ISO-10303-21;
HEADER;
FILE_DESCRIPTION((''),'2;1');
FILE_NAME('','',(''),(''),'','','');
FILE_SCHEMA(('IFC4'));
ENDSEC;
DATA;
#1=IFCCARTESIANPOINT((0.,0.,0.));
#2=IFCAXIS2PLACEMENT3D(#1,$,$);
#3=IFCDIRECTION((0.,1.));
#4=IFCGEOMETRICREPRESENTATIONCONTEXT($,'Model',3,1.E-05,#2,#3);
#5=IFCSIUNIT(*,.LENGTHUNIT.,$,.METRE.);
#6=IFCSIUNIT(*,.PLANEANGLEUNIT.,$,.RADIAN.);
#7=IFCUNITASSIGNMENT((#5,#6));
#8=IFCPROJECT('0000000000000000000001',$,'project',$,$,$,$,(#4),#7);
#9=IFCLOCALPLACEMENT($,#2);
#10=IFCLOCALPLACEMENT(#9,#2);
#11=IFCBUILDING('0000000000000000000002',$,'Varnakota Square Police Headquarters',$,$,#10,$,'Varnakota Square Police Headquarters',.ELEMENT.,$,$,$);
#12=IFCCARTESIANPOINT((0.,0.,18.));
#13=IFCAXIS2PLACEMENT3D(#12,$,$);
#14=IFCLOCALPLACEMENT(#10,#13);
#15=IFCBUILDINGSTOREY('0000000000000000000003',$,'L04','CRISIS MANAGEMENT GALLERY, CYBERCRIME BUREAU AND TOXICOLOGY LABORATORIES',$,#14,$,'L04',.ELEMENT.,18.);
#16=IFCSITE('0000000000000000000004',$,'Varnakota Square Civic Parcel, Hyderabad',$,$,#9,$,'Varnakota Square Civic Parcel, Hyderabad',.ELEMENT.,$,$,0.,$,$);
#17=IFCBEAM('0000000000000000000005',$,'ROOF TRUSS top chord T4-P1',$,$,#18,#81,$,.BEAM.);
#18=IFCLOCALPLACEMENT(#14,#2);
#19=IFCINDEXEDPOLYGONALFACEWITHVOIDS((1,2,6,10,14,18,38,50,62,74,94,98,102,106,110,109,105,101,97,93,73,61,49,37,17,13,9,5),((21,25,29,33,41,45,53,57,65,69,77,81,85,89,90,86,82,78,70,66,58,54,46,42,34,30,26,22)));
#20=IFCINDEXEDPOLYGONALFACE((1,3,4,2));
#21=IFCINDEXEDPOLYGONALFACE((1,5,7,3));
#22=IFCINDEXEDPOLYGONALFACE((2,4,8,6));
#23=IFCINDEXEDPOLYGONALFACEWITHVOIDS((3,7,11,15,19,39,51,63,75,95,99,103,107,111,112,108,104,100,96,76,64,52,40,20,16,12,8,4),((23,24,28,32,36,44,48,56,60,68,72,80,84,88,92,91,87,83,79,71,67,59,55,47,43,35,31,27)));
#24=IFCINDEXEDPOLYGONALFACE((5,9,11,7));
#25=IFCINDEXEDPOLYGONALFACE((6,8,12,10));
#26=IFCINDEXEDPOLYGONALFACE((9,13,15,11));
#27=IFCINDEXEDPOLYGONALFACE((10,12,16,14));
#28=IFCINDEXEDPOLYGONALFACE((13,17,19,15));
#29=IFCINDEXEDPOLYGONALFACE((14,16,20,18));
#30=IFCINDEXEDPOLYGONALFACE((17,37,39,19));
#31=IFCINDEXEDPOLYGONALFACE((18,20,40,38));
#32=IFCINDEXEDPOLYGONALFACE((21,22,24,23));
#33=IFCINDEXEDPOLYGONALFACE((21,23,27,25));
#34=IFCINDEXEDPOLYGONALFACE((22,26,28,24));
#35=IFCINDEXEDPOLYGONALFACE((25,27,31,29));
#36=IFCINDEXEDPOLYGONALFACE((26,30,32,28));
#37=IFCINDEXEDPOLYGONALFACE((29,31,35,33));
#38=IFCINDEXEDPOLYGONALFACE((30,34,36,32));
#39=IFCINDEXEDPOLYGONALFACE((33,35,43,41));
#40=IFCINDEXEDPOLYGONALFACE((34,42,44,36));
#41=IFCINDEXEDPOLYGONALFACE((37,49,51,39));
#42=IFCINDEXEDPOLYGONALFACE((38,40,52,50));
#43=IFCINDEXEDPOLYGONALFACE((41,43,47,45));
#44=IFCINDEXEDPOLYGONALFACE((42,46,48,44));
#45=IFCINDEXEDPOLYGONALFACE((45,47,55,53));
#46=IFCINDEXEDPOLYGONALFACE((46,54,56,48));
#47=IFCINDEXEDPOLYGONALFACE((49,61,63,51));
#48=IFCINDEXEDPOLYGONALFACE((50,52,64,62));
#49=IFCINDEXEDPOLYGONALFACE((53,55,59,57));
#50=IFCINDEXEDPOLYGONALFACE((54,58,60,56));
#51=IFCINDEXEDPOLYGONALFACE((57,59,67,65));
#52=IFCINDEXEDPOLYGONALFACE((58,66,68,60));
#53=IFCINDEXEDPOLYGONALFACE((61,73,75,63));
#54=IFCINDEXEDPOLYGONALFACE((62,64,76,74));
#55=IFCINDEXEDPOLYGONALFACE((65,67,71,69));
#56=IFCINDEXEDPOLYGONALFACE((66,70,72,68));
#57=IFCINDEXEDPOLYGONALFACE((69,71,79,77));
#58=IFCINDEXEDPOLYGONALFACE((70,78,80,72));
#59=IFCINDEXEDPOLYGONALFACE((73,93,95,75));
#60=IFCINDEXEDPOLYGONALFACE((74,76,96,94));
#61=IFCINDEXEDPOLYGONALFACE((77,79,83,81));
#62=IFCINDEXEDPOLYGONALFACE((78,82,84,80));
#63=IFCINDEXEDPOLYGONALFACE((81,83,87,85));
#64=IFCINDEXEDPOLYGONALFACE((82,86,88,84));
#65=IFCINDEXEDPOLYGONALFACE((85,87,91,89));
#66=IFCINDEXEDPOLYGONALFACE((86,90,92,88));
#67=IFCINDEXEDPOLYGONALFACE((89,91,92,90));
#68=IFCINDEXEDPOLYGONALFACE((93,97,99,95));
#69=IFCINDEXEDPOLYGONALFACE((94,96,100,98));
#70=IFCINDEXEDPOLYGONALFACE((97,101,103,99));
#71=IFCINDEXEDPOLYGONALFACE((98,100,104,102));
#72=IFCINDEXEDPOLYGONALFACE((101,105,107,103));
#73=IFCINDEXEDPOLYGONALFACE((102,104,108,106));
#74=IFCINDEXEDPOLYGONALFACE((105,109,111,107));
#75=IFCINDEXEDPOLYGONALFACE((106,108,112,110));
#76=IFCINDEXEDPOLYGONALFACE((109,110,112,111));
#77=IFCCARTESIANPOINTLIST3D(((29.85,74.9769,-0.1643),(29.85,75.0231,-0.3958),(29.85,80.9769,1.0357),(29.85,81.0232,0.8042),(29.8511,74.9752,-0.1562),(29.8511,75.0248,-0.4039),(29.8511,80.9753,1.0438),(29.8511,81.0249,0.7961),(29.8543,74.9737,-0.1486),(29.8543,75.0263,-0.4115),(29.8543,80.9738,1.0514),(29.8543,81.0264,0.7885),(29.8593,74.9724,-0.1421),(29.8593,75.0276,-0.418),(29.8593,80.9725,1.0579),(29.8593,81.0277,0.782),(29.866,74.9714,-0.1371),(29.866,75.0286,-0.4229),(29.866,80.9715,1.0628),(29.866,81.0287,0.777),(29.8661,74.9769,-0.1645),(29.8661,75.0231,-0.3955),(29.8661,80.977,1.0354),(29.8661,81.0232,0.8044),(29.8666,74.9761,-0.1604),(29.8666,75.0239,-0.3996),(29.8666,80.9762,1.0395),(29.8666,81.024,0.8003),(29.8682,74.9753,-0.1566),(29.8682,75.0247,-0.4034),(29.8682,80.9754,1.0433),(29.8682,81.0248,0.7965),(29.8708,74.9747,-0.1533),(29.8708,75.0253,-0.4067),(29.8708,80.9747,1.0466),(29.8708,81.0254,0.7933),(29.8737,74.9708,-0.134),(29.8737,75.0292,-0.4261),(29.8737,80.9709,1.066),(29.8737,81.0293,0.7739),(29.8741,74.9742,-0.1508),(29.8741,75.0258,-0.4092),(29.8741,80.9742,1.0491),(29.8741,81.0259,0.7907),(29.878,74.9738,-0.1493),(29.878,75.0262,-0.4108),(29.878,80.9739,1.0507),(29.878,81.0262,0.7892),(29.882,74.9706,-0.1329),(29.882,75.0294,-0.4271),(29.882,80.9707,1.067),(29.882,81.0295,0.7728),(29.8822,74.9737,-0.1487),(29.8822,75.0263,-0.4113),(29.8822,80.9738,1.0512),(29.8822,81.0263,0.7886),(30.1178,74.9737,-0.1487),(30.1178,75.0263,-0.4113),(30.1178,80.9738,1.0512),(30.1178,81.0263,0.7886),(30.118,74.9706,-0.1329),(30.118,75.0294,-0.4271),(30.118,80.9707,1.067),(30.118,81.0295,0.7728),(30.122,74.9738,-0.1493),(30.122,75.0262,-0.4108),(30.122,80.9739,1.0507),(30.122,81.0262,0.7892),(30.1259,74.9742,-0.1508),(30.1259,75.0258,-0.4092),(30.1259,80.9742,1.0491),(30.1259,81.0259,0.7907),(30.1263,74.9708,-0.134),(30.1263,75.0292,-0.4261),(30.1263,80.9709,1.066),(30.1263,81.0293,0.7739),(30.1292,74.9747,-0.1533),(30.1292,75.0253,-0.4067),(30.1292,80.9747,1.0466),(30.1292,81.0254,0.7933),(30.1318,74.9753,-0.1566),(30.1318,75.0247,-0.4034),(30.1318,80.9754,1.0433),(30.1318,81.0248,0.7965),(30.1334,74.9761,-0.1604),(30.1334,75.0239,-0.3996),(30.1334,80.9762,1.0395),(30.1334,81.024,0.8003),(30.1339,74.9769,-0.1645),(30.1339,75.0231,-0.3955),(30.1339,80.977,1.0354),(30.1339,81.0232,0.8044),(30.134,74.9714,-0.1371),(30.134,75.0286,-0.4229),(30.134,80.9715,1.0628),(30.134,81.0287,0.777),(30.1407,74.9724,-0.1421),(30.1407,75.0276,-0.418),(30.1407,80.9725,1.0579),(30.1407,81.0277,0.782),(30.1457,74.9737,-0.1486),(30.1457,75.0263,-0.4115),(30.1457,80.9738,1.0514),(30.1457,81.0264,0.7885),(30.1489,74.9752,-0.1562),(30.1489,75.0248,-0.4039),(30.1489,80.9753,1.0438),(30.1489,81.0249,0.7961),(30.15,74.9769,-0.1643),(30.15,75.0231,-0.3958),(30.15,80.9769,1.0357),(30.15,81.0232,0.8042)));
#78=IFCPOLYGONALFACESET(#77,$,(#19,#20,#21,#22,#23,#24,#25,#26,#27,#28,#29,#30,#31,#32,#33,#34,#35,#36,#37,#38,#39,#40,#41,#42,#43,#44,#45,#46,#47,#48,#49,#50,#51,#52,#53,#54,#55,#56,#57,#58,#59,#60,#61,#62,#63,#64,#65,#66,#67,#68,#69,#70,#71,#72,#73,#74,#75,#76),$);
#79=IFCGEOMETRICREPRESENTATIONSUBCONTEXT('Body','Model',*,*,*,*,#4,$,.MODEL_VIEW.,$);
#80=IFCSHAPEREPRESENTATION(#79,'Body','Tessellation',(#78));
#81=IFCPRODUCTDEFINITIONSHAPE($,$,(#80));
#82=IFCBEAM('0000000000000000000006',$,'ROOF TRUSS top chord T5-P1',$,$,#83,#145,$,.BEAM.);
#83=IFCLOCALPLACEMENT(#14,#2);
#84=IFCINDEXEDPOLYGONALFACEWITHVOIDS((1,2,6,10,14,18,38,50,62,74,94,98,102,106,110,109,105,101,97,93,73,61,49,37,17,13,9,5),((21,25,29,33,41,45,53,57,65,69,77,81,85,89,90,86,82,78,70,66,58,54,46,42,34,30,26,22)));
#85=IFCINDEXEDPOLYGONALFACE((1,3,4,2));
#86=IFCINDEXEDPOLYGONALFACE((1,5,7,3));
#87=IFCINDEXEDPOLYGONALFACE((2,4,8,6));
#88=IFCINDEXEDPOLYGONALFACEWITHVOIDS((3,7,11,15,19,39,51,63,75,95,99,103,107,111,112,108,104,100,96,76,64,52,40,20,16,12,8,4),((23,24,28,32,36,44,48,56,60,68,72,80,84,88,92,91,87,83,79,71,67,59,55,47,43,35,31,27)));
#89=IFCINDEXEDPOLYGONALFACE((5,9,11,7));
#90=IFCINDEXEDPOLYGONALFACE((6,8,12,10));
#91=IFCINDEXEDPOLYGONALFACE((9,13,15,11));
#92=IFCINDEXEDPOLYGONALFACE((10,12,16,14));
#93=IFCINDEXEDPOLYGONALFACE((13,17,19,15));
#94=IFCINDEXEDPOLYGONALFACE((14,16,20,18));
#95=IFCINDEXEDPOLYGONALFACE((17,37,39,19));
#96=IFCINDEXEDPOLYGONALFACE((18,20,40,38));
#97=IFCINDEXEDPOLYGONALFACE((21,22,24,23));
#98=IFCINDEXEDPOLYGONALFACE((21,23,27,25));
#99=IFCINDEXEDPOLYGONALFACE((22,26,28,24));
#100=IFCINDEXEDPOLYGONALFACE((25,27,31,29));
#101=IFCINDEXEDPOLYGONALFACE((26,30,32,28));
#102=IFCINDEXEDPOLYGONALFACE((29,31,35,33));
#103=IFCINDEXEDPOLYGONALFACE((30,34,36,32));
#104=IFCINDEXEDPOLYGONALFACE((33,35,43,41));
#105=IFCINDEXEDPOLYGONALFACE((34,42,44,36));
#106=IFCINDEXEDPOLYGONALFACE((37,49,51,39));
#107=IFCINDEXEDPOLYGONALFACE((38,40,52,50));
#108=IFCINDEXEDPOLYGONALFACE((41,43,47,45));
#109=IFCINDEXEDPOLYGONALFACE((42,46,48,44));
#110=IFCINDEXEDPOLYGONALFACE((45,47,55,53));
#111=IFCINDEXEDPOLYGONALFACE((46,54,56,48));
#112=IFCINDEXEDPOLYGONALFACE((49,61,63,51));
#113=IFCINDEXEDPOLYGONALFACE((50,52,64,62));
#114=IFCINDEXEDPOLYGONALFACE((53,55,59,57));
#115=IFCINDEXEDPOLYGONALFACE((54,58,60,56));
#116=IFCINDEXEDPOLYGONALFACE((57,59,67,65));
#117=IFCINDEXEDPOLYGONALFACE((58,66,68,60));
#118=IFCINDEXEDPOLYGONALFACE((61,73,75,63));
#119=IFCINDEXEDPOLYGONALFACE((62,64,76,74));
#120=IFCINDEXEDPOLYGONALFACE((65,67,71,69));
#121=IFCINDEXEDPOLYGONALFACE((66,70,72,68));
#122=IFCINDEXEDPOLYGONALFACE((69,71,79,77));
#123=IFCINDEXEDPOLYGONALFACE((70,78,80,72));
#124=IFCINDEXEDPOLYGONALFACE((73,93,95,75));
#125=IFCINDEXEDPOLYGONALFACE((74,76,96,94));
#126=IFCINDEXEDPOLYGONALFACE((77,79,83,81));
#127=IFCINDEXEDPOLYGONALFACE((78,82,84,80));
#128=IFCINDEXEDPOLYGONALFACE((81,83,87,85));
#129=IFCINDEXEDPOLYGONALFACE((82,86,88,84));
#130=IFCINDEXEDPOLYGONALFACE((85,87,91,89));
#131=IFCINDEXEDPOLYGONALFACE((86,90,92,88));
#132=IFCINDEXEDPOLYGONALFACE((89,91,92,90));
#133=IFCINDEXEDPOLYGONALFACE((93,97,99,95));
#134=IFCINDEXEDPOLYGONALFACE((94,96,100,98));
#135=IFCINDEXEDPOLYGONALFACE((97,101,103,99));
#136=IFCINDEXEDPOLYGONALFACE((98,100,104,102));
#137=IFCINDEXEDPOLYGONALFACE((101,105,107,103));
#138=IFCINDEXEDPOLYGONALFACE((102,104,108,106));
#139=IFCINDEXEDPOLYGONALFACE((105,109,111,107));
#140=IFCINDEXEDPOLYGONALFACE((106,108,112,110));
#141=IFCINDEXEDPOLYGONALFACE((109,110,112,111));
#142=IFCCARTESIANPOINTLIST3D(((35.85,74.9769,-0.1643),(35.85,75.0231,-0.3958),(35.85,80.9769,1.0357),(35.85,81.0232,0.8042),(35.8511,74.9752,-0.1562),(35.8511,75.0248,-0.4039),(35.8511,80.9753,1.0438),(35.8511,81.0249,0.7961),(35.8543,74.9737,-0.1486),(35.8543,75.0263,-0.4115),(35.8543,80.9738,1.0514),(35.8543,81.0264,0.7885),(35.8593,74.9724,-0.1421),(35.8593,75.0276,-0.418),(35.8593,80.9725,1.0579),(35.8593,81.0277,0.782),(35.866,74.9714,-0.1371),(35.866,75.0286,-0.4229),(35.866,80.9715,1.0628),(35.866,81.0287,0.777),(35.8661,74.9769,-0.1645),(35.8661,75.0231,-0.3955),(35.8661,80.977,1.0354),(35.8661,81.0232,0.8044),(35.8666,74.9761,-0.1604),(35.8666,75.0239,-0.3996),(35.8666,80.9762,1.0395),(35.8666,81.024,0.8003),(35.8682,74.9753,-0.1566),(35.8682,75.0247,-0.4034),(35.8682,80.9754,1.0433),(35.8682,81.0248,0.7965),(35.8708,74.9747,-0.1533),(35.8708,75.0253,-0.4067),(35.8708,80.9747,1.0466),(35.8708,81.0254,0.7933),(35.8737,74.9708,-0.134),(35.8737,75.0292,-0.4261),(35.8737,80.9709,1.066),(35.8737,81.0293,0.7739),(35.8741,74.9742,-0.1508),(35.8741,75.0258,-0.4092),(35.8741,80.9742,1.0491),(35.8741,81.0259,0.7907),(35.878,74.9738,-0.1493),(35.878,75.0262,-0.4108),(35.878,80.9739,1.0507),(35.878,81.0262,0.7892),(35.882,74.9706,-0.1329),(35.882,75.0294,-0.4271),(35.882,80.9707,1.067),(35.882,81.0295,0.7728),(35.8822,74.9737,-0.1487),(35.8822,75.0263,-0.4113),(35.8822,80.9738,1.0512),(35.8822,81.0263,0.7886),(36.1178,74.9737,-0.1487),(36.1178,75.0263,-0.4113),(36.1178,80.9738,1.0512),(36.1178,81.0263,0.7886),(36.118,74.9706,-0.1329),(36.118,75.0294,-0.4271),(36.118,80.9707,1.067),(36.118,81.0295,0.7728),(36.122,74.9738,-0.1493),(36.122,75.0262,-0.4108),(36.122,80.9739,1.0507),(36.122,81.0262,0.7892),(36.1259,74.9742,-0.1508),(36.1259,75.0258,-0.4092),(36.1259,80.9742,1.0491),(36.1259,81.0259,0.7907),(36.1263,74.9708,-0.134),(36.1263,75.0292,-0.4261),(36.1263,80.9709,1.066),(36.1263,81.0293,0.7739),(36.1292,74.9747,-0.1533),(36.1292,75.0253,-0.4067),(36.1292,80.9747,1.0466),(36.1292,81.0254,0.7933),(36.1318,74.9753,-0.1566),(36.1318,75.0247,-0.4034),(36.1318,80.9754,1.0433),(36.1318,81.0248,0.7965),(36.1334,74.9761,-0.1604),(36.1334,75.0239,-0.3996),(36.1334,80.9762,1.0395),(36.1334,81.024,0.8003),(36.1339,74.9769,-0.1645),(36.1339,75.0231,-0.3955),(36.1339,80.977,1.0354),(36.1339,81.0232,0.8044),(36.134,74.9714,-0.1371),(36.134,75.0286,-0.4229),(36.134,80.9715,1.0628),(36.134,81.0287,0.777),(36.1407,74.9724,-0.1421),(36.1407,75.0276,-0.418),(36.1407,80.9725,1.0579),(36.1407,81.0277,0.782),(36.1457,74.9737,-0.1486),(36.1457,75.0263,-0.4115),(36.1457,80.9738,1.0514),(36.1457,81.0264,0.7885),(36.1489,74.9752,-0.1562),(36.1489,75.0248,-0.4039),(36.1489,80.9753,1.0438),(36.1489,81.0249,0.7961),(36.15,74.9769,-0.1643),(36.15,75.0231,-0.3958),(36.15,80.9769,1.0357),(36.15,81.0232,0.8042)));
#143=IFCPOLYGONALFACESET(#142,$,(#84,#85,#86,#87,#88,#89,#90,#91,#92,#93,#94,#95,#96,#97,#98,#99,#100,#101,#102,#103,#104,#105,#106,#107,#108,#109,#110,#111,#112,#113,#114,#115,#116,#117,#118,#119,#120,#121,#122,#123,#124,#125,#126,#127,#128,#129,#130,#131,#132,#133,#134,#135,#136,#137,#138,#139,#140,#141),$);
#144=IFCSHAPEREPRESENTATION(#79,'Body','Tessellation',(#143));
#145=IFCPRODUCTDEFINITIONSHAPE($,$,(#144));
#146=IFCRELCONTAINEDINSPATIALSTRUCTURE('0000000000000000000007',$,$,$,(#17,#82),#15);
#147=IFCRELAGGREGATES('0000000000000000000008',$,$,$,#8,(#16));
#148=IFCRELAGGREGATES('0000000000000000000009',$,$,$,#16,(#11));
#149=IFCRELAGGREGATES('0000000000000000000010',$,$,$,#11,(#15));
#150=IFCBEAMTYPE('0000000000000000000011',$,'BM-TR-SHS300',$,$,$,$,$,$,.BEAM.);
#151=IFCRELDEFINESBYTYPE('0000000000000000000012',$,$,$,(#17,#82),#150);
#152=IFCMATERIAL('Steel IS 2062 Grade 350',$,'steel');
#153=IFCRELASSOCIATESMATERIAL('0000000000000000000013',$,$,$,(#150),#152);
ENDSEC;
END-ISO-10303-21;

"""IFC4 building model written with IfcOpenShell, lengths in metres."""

from ifc_helpers import new_model, si_unit, direction, frame, origin, origin_2d, place, context, subcontext, project, spatial, hollow_rectangle, extrude, material, material_profile, profile_set, type_object, element, save


model = new_model("IFC4")

# Units and contexts
model_context = context("Model", 3, precision=1e-05, world=origin(), true_north=direction((0.0, 1.0)))
body_context = subcontext(model_context, "Body", "Model", "MODEL_VIEW")
ifc_project = project(units=[si_unit("LENGTHUNIT", "METRE"), si_unit("PLANEANGLEUNIT", "RADIAN")], contexts=[model_context])

# Site, building, storey
site_placement = place(None, origin())
site = spatial("IfcSite", under=ifc_project, at=site_placement, Name="Varnakota Square Civic Parcel, Hyderabad", LongName="Varnakota Square Civic Parcel, Hyderabad", CompositionType="ELEMENT", RefElevation=0.0)
building_placement = place(site_placement, origin())
building = spatial("IfcBuilding", under=site, at=building_placement, Name="Varnakota Square Police Headquarters", LongName="Varnakota Square Police Headquarters", CompositionType="ELEMENT")
storey_placement = place(building_placement, frame((0.0, 0.0, 18.0)))
storey = spatial("IfcBuildingStorey", under=building, at=storey_placement, Name="L04", Description="CRISIS MANAGEMENT GALLERY, CYBERCRIME BUREAU AND TOXICOLOGY LABORATORIES", LongName="L04", CompositionType="ELEMENT", Elevation=18.0)

# Beams
ifc_material_1 = material(Name="Steel IS 2062 Grade 350", Category="steel")
ifc_material_profile_1 = material_profile(ifc_material_1, hollow_rectangle(XDim=0.3, YDim=0.3, WallThickness=0.0161, InnerFilletRadius=0.0161, OuterFilletRadius=0.032, at=origin_2d()), Name="SHS 300x300x16")
ifc_profile_set_1 = profile_set([ifc_material_profile_1], Name="Steel IS 2062 Grade 350")
beam_type_1 = type_object("IfcBeamType", Name="BM-TR-SHS300", PredefinedType="BEAM", material=ifc_profile_set_1)
for number, where, z_axis, x_axis, name in (
    (1, (30.0, 75.0, -0.28), (0.0, 0.980582, 0.196108), (-1.0, 0.0, 0.0), "ROOF TRUSS top chord T4-P1"),
    (2, (36.0, 75.0, -0.28), (0.0, 0.980582, 0.196108), (-1.0, 0.0, 0.0), "ROOF TRUSS top chord T5-P1"),
):
    element("IfcBeam", number, at=place(storey_placement, frame(where, z_axis=z_axis, x_axis=x_axis)), inside=storey, type_object=beam_type_1, Name=name, PredefinedType="BEAM", context=body_context, shape_type="SweptSolid", body=[
        extrude(hollow_rectangle(XDim=0.3, YDim=0.3, WallThickness=0.0161, InnerFilletRadius=0.0161, OuterFilletRadius=0.032, at=origin_2d()), origin(), (0.0, 0.0, 1.0), 6.1189),
    ])

save(model, "model.ifc")
